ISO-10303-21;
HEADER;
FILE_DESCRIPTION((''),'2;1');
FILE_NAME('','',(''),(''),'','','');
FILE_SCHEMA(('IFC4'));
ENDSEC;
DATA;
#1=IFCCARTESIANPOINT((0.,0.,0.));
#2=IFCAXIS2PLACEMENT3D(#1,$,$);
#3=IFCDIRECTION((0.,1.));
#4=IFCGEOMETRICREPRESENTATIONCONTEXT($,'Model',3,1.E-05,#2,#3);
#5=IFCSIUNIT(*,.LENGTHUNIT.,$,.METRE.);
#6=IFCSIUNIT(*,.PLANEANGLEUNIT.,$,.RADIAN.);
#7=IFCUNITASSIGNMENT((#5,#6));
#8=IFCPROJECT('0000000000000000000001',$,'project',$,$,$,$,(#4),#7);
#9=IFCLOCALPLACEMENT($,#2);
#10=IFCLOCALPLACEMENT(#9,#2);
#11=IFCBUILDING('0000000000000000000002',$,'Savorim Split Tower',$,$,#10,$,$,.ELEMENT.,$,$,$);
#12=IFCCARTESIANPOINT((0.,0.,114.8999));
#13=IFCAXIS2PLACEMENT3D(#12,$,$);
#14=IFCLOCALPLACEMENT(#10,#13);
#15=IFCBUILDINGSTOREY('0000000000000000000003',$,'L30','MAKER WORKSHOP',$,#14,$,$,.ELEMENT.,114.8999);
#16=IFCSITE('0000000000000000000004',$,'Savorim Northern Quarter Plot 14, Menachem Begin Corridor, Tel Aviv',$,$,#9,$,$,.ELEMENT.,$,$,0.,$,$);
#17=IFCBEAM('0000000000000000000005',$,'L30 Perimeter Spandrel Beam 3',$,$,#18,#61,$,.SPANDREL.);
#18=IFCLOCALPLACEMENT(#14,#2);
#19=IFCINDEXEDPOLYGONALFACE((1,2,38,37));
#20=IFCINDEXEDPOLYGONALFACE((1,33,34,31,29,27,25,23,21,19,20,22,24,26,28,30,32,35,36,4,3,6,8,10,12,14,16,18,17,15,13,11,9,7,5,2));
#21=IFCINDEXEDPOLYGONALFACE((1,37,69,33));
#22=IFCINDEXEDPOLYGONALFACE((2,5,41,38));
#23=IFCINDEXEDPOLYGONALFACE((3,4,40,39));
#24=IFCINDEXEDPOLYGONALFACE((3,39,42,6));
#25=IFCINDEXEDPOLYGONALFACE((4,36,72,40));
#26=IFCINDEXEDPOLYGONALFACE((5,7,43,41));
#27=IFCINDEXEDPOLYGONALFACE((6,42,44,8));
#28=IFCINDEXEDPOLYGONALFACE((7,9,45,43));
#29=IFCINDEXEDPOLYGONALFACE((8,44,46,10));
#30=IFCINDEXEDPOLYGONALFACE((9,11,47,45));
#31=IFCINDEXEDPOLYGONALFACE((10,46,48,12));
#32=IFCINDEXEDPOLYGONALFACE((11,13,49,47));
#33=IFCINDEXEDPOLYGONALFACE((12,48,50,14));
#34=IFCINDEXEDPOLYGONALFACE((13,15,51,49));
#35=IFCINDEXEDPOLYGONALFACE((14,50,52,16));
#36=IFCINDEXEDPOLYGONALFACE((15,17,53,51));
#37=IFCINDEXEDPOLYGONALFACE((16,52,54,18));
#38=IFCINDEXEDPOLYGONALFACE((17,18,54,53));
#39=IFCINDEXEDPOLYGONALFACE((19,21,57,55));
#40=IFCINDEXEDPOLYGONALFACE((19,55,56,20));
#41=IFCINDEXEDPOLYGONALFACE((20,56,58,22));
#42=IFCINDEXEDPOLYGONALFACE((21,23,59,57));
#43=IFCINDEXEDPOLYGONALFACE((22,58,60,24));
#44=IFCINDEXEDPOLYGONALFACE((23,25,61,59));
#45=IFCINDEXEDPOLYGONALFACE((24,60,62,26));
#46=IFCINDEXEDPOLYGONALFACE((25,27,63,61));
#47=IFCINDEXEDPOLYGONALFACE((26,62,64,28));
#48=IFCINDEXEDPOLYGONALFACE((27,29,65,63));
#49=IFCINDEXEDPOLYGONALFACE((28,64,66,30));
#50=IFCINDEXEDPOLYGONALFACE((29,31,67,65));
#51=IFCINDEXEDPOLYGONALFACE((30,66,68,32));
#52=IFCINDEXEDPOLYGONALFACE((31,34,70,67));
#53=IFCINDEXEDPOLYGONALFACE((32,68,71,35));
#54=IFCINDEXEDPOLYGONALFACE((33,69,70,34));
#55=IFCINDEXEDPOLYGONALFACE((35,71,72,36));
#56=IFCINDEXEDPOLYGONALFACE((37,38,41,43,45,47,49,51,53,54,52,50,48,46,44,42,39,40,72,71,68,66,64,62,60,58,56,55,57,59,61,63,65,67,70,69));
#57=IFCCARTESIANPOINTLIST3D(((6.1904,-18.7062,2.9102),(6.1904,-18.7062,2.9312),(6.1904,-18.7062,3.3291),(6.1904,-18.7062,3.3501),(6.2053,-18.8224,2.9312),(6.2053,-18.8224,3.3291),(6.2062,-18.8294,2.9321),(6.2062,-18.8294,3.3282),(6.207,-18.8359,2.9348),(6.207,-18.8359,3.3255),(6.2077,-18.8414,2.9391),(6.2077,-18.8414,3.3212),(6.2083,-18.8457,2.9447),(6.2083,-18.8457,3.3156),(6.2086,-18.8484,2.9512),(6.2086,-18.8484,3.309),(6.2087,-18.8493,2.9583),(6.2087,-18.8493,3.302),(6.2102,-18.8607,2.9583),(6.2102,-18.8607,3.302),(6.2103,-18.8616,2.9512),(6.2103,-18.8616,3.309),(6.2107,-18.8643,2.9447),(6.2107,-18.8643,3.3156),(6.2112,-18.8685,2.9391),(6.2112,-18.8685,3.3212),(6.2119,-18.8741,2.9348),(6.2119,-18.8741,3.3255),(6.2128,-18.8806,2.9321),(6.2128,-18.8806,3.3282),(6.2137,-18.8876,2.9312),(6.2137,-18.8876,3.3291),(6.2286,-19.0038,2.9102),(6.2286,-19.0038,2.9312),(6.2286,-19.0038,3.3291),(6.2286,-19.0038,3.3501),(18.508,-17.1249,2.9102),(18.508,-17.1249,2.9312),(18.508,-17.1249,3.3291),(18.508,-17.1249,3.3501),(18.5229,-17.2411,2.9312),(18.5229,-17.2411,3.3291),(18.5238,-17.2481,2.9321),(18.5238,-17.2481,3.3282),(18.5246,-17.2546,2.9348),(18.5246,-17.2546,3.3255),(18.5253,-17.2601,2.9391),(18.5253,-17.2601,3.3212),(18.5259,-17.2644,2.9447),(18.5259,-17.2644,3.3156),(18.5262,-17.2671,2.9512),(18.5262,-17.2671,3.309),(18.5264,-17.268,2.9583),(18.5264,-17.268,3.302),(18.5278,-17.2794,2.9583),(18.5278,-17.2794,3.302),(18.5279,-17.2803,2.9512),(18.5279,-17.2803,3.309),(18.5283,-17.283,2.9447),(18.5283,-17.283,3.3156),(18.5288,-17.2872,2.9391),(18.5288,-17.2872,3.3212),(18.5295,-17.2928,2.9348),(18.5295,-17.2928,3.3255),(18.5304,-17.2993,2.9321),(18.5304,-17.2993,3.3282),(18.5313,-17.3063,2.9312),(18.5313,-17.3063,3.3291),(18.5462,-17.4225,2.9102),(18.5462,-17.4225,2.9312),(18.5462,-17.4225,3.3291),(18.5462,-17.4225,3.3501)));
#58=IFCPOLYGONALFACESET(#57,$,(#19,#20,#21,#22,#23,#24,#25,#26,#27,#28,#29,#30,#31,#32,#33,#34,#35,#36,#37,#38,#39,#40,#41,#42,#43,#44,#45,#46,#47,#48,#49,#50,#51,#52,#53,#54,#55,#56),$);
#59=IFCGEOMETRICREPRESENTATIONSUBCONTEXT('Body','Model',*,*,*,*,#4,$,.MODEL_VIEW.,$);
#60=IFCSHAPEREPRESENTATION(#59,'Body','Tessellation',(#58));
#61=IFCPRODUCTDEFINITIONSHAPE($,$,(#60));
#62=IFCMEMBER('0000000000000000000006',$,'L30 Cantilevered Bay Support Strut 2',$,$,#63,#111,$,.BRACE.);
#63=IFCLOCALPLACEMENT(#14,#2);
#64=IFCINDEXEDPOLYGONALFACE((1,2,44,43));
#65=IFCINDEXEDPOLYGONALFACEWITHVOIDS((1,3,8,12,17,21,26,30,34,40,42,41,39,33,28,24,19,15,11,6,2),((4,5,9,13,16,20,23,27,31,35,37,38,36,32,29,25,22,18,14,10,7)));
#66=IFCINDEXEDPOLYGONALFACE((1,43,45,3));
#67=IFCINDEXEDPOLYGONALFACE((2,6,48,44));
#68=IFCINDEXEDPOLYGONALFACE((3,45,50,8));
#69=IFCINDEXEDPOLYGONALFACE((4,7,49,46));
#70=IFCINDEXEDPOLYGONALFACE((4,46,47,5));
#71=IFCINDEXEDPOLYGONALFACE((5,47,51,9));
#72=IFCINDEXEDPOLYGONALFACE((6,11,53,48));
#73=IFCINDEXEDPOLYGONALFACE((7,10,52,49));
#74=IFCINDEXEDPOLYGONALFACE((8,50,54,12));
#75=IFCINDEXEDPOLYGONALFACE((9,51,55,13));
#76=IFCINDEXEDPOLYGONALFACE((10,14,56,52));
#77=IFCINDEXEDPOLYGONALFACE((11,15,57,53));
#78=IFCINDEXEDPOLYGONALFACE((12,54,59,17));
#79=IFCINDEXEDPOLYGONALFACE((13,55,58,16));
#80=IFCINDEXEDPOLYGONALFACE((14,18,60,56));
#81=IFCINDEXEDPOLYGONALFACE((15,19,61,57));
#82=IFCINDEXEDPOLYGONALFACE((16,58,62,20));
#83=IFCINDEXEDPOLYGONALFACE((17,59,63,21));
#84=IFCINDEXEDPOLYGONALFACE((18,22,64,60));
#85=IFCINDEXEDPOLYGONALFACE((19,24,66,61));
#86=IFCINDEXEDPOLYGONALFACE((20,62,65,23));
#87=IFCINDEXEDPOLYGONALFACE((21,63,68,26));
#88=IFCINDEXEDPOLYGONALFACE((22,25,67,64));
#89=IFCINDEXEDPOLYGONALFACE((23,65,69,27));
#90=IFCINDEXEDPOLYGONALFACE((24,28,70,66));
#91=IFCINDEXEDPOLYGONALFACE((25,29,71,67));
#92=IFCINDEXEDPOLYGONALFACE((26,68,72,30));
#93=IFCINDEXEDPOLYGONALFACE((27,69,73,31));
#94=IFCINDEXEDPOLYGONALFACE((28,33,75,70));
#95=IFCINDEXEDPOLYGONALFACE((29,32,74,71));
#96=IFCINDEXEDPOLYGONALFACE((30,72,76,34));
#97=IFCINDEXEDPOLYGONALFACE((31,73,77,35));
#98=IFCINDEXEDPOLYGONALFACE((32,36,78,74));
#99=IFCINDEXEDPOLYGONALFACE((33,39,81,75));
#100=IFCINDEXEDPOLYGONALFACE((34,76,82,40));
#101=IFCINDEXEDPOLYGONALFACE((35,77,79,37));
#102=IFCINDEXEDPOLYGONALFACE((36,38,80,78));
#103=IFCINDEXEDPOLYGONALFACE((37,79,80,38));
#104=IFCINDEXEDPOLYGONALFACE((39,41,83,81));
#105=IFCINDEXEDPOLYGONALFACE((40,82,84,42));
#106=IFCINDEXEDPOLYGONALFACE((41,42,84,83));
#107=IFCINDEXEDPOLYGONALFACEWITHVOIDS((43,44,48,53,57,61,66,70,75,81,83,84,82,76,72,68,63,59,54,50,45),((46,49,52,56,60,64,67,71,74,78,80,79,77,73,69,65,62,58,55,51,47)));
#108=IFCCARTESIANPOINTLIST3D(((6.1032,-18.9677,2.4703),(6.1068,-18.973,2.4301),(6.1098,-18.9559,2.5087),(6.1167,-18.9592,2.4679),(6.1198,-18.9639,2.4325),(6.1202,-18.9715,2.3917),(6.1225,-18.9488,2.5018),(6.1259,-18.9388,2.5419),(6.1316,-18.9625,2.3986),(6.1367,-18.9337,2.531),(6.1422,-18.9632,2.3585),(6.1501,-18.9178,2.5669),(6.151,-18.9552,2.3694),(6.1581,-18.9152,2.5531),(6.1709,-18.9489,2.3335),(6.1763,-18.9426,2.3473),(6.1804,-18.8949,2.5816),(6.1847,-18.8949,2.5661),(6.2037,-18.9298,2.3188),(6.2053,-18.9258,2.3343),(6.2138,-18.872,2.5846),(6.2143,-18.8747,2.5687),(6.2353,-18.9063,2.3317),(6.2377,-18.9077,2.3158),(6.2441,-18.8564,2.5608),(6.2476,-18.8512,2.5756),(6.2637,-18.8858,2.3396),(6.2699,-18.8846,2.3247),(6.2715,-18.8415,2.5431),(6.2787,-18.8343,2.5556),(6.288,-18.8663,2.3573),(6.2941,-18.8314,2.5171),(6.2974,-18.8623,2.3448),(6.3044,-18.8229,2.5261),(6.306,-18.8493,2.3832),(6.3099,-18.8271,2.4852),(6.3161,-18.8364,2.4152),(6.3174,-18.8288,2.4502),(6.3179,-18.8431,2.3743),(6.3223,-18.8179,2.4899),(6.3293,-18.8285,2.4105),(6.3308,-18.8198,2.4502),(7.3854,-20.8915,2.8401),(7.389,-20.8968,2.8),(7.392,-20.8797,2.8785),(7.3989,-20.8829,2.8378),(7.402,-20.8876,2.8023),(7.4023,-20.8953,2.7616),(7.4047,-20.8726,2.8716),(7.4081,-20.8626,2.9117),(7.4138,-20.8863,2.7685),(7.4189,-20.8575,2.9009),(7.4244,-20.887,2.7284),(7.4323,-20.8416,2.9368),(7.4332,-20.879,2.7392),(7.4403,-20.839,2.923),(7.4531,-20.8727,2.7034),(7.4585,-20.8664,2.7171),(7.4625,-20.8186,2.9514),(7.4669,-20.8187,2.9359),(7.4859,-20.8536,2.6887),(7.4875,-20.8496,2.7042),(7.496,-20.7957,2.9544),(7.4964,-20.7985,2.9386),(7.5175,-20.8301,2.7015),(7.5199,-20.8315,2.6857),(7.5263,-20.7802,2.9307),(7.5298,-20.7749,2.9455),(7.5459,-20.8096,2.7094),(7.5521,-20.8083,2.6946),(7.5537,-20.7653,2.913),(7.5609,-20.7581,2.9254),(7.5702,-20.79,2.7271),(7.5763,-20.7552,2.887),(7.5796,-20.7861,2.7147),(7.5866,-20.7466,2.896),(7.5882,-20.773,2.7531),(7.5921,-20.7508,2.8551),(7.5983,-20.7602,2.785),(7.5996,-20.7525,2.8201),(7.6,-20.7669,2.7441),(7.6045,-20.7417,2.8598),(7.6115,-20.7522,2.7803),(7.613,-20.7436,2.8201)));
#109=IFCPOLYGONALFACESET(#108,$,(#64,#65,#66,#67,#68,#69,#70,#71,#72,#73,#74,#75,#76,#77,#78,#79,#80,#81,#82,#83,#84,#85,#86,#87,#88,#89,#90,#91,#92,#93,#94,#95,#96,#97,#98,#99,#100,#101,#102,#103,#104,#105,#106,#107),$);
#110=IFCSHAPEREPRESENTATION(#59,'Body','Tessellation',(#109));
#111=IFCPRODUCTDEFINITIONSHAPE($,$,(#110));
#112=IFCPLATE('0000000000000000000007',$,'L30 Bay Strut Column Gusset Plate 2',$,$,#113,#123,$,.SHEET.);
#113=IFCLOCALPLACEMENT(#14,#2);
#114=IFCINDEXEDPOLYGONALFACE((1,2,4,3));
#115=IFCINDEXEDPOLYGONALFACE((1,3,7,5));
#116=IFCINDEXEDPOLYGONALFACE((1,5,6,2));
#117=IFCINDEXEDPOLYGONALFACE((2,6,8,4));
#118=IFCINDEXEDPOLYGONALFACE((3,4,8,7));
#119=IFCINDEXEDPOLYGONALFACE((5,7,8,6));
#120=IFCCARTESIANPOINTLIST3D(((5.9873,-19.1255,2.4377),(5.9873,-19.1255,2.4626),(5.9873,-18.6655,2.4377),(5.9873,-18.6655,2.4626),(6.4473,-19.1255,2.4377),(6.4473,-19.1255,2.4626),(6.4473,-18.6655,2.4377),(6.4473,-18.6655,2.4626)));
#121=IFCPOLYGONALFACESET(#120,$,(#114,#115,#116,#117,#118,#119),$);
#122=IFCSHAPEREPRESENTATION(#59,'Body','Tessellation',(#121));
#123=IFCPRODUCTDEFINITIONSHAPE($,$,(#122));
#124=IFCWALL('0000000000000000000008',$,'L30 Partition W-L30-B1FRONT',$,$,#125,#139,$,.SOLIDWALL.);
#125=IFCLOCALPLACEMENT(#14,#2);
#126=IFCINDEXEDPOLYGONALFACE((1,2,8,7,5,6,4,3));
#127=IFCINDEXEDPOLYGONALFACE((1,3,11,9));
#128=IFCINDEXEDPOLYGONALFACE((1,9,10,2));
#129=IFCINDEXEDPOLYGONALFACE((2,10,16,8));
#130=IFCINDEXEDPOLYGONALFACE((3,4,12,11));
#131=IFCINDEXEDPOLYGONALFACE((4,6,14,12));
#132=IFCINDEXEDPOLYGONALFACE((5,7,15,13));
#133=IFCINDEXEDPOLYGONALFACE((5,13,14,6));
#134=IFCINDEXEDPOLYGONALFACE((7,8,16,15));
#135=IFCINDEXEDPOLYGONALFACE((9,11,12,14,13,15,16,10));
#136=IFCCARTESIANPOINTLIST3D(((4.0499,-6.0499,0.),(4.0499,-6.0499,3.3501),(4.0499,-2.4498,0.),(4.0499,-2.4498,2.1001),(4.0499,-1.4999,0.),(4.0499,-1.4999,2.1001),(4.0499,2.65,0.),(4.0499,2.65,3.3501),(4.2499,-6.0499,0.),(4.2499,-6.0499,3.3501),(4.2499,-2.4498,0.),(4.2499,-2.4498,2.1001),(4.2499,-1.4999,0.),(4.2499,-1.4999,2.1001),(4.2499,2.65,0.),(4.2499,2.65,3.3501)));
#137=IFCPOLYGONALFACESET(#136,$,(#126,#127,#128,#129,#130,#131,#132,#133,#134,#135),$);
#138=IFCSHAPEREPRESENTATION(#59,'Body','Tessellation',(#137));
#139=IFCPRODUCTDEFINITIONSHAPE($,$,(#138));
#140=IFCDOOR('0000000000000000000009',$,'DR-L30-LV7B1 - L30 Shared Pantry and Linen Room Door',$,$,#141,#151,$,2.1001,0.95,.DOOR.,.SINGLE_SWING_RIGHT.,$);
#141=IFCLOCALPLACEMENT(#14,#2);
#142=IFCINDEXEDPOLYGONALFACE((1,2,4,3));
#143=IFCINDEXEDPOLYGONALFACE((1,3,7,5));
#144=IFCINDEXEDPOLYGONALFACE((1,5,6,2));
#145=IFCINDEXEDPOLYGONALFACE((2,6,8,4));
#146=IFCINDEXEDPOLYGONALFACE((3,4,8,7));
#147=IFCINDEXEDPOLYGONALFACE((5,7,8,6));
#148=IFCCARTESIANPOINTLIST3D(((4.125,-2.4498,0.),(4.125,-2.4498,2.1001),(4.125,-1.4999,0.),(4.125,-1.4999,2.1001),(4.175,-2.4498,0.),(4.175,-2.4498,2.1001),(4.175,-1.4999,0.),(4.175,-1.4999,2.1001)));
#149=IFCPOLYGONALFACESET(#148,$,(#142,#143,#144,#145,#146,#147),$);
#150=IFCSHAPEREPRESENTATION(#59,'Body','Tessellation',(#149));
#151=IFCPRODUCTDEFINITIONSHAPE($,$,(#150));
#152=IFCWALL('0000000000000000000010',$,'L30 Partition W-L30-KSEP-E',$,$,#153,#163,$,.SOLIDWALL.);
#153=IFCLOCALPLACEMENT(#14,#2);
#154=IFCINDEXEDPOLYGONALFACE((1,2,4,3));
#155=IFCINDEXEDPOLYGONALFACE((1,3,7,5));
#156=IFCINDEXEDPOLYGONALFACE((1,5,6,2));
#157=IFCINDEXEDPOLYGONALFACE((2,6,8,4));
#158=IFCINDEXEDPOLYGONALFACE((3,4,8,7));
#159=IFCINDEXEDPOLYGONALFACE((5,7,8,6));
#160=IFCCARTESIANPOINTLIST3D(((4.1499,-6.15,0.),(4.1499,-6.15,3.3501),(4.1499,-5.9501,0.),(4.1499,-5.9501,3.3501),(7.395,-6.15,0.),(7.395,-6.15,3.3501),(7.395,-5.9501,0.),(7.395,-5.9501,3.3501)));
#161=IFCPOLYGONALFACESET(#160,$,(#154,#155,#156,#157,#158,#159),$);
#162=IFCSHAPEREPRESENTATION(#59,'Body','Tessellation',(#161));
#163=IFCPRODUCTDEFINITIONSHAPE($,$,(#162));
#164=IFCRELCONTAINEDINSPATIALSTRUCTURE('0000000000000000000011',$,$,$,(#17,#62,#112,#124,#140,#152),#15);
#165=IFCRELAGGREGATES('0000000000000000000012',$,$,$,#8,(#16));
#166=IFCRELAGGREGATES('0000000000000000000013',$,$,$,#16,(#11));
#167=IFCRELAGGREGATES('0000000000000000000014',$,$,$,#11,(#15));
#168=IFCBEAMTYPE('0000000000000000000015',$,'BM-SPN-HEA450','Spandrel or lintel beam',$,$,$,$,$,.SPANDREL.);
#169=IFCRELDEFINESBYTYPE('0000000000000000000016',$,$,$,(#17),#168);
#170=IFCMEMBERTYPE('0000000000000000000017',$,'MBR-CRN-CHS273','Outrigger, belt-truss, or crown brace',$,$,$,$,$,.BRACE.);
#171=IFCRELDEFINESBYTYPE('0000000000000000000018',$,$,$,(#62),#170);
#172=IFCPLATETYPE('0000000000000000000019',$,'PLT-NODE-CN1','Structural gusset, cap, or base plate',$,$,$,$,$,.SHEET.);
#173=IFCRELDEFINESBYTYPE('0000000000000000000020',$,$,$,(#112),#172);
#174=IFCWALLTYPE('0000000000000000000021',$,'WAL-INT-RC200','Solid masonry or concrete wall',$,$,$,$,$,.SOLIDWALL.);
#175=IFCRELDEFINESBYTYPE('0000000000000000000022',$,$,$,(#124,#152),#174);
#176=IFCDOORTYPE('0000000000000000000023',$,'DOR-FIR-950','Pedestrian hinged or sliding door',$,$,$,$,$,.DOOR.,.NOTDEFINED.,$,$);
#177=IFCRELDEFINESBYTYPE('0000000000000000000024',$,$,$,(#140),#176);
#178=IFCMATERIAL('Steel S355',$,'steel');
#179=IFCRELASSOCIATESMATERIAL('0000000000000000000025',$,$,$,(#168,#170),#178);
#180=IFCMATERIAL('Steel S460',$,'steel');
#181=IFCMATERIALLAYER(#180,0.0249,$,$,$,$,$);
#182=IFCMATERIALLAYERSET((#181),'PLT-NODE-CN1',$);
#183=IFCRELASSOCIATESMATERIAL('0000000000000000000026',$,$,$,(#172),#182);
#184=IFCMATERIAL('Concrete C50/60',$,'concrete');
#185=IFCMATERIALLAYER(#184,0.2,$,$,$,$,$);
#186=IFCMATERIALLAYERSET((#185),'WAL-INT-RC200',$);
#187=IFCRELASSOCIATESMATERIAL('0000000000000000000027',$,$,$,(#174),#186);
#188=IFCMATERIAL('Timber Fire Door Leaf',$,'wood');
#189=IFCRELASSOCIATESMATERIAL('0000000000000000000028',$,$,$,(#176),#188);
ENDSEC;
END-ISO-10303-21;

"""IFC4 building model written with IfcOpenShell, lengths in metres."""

from ifc_helpers import new_model, si_unit, direction, frame, frame_2d, origin, origin_2d, place, context, subcontext, project, spatial, rectangle, hollow_circle, i_section, extrude, material, layer, layer_set, material_profile, profile_set, type_object, element, fill, save


model = new_model("IFC4")

# Units and contexts
model_context = context("Model", 3, precision=1e-05, world=origin(), true_north=direction((0.0, 1.0)))
body_context = subcontext(model_context, "Body", "Model", "MODEL_VIEW")
ifc_project = project(units=[si_unit("LENGTHUNIT", "METRE"), si_unit("PLANEANGLEUNIT", "RADIAN")], contexts=[model_context])

# Site, building, storey
site_placement = place(None, origin())
site = spatial("IfcSite", under=ifc_project, at=site_placement, Name="Savorim Northern Quarter Plot 14, Menachem Begin Corridor, Tel Aviv", CompositionType="ELEMENT", RefElevation=0.0)
building_placement = place(site_placement, origin())
building = spatial("IfcBuilding", under=site, at=building_placement, Name="Savorim Split Tower", CompositionType="ELEMENT")
storey_placement = place(building_placement, frame((0.0, 0.0, 114.8999)))
storey = spatial("IfcBuildingStorey", under=building, at=storey_placement, Name="L30", Description="MAKER WORKSHOP", CompositionType="ELEMENT", Elevation=114.8999)

# Shared definitions
ifc_material_1 = material(Name="Steel S460", Category="steel")

# Beam
ifc_material_2 = material(Name="Steel S355", Category="steel")
ifc_material_profile_1 = material_profile(ifc_material_2, i_section(OverallWidth=0.3, OverallDepth=0.4399, WebThickness=0.0115, FlangeThickness=0.021, FilletRadius=0.0271, at=origin_2d()), Name="HEA 450")
ifc_profile_set_1 = profile_set([ifc_material_profile_1], Name="Steel S355")
beam_type_1 = type_object("IfcBeamType", Name="BM-SPN-HEA450", Description="Spandrel or lintel beam", PredefinedType="SPANDREL", material=ifc_profile_set_1)
beam_1_placement = place(storey_placement, frame((6.2095, -18.855, 3.1301), z_axis=(0.99186, 0.127332, 0.0), x_axis=(-0.127332, 0.99186, 0.0)))
element("IfcBeam", 1, at=beam_1_placement, inside=storey, type_object=beam_type_1, Name="L30 Perimeter Spandrel Beam 3", PredefinedType="SPANDREL", context=body_context, shape_type="SweptSolid", body=[
    extrude(i_section(OverallWidth=0.3, OverallDepth=0.4399, WebThickness=0.0115, FlangeThickness=0.021, FilletRadius=0.0271, at=origin_2d()), origin(), (0.0, 0.0, 1.0), 12.4187),
])

# Member
ifc_material_profile_2 = material_profile(ifc_material_2, hollow_circle(Radius=0.1365, WallThickness=0.0161, at=origin_2d()), Name="CHS 273x16")
ifc_profile_set_2 = profile_set([ifc_material_profile_2], Name="Steel S355")
member_type = type_object("IfcMemberType", Name="MBR-CRN-CHS273", Description="Outrigger, belt-truss, or crown brace", PredefinedType="BRACE", material=ifc_profile_set_2)
member_placement = place(storey_placement, frame((6.2173, -18.8955, 2.4502), z_axis=(0.547639, -0.821667, 0.157973), x_axis=(0.832115, 0.554603, 0.0)))
element("IfcMember", 2, at=member_placement, inside=storey, type_object=member_type, Name="L30 Cantilevered Bay Support Strut 2", PredefinedType="BRACE", context=body_context, shape_type="SweptSolid", body=[
    extrude(hollow_circle(Radius=0.1365, WallThickness=0.0161, at=origin_2d()), origin(), (0.0, 0.0, 1.0), 2.3413),
])

# Plate
ifc_layer_1 = layer(ifc_material_1, 0.0249)
ifc_layer_set_1 = layer_set([ifc_layer_1], Name="PLT-NODE-CN1")
plate_type = type_object("IfcPlateType", Name="PLT-NODE-CN1", Description="Structural gusset, cap, or base plate", PredefinedType="SHEET", material=ifc_layer_set_1)
plate_placement = place(storey_placement, frame((6.2173, -18.8955, 2.4377), z_axis=(0.0, 0.0, 1.0), x_axis=(1.0, 0.0, 0.0)))
element("IfcPlate", 3, at=plate_placement, inside=storey, type_object=plate_type, Name="L30 Bay Strut Column Gusset Plate 2", PredefinedType="SHEET", context=body_context, shape_type="SweptSolid", body=[
    extrude(rectangle(XDim=0.46, YDim=0.46, at=origin_2d()), origin(), (0.0, 0.0, 1.0), 0.0249),
])

# Wall, opening, door
ifc_material_3 = material(Name="Concrete C50/60", Category="concrete")
ifc_layer_2 = layer(ifc_material_3, 0.2)
ifc_layer_set_2 = layer_set([ifc_layer_2], Name="WAL-INT-RC200")
wall_type_1 = type_object("IfcWallType", Name="WAL-INT-RC200", Description="Solid masonry or concrete wall", PredefinedType="SOLIDWALL", material=ifc_layer_set_2)
wall_1_placement = place(storey_placement, frame((4.1499, -6.05, 0.0), z_axis=(0.0, 0.0, 1.0), x_axis=(0.0, 1.0, 0.0)))
wall_1 = element("IfcWall", 4, at=wall_1_placement, inside=storey, type_object=wall_type_1, Name="L30 Partition W-L30-B1FRONT", PredefinedType="SOLIDWALL", context=body_context, shape_type="SweptSolid", body=[
    extrude(rectangle(XDim=8.7, YDim=0.2, at=frame_2d((4.3501, 0.0))), origin(), (0.0, 0.0, 1.0), 3.3501),
])
opening_1_placement = place(wall_1_placement, frame((3.6001, 0.0, 0.0)))
opening_1 = element("IfcOpeningElement", 5, at=opening_1_placement, cuts=wall_1, PredefinedType="OPENING", context=body_context, shape_type="SweptSolid", body=[
    extrude(rectangle(XDim=0.95, YDim=2.1001, at=frame_2d((0.4751, 1.05))), frame((0.0, 0.1099, 0.0), z_axis=(0.0, -1.0, 0.0), x_axis=(1.0, 0.0, 0.0)), (0.0, 0.0, 1.0), 0.22),
])
ifc_material_4 = material(Name="Timber Fire Door Leaf", Category="wood")
door_type_1 = type_object("IfcDoorType", Name="DOR-FIR-950", Description="Pedestrian hinged or sliding door", OperationType="NOTDEFINED", PredefinedType="DOOR", material=ifc_material_4)
door_1_placement = place(opening_1_placement, origin())
door_1 = element("IfcDoor", 6, at=door_1_placement, inside=storey, type_object=door_type_1, Name="DR-L30-LV7B1 - L30 Shared Pantry and Linen Room Door", OperationType="SINGLE_SWING_RIGHT", OverallHeight=2.1001, OverallWidth=0.95, PredefinedType="DOOR", context=body_context, shape_type="SweptSolid", body=[
    extrude(rectangle(XDim=0.95, YDim=2.1001, at=frame_2d((0.4751, 1.05))), frame((0.0, 0.0249, 0.0), z_axis=(0.0, -1.0, 0.0), x_axis=(1.0, 0.0, 0.0)), (0.0, 0.0, 1.0), 0.05),
])
fill(opening_1, door_1)

# Wall
wall_2_placement = place(storey_placement, frame((4.1499, -6.05, 0.0), z_axis=(0.0, 0.0, 1.0), x_axis=(1.0, 0.0, 0.0)))
element("IfcWall", 7, at=wall_2_placement, inside=storey, type_object=wall_type_1, Name="L30 Partition W-L30-KSEP-E", PredefinedType="SOLIDWALL", context=body_context, shape_type="SweptSolid", body=[
    extrude(rectangle(XDim=3.2451, YDim=0.2, at=frame_2d((1.6226, 0.0))), origin(), (0.0, 0.0, 1.0), 3.3501),
])

save(model, "model.ifc")
